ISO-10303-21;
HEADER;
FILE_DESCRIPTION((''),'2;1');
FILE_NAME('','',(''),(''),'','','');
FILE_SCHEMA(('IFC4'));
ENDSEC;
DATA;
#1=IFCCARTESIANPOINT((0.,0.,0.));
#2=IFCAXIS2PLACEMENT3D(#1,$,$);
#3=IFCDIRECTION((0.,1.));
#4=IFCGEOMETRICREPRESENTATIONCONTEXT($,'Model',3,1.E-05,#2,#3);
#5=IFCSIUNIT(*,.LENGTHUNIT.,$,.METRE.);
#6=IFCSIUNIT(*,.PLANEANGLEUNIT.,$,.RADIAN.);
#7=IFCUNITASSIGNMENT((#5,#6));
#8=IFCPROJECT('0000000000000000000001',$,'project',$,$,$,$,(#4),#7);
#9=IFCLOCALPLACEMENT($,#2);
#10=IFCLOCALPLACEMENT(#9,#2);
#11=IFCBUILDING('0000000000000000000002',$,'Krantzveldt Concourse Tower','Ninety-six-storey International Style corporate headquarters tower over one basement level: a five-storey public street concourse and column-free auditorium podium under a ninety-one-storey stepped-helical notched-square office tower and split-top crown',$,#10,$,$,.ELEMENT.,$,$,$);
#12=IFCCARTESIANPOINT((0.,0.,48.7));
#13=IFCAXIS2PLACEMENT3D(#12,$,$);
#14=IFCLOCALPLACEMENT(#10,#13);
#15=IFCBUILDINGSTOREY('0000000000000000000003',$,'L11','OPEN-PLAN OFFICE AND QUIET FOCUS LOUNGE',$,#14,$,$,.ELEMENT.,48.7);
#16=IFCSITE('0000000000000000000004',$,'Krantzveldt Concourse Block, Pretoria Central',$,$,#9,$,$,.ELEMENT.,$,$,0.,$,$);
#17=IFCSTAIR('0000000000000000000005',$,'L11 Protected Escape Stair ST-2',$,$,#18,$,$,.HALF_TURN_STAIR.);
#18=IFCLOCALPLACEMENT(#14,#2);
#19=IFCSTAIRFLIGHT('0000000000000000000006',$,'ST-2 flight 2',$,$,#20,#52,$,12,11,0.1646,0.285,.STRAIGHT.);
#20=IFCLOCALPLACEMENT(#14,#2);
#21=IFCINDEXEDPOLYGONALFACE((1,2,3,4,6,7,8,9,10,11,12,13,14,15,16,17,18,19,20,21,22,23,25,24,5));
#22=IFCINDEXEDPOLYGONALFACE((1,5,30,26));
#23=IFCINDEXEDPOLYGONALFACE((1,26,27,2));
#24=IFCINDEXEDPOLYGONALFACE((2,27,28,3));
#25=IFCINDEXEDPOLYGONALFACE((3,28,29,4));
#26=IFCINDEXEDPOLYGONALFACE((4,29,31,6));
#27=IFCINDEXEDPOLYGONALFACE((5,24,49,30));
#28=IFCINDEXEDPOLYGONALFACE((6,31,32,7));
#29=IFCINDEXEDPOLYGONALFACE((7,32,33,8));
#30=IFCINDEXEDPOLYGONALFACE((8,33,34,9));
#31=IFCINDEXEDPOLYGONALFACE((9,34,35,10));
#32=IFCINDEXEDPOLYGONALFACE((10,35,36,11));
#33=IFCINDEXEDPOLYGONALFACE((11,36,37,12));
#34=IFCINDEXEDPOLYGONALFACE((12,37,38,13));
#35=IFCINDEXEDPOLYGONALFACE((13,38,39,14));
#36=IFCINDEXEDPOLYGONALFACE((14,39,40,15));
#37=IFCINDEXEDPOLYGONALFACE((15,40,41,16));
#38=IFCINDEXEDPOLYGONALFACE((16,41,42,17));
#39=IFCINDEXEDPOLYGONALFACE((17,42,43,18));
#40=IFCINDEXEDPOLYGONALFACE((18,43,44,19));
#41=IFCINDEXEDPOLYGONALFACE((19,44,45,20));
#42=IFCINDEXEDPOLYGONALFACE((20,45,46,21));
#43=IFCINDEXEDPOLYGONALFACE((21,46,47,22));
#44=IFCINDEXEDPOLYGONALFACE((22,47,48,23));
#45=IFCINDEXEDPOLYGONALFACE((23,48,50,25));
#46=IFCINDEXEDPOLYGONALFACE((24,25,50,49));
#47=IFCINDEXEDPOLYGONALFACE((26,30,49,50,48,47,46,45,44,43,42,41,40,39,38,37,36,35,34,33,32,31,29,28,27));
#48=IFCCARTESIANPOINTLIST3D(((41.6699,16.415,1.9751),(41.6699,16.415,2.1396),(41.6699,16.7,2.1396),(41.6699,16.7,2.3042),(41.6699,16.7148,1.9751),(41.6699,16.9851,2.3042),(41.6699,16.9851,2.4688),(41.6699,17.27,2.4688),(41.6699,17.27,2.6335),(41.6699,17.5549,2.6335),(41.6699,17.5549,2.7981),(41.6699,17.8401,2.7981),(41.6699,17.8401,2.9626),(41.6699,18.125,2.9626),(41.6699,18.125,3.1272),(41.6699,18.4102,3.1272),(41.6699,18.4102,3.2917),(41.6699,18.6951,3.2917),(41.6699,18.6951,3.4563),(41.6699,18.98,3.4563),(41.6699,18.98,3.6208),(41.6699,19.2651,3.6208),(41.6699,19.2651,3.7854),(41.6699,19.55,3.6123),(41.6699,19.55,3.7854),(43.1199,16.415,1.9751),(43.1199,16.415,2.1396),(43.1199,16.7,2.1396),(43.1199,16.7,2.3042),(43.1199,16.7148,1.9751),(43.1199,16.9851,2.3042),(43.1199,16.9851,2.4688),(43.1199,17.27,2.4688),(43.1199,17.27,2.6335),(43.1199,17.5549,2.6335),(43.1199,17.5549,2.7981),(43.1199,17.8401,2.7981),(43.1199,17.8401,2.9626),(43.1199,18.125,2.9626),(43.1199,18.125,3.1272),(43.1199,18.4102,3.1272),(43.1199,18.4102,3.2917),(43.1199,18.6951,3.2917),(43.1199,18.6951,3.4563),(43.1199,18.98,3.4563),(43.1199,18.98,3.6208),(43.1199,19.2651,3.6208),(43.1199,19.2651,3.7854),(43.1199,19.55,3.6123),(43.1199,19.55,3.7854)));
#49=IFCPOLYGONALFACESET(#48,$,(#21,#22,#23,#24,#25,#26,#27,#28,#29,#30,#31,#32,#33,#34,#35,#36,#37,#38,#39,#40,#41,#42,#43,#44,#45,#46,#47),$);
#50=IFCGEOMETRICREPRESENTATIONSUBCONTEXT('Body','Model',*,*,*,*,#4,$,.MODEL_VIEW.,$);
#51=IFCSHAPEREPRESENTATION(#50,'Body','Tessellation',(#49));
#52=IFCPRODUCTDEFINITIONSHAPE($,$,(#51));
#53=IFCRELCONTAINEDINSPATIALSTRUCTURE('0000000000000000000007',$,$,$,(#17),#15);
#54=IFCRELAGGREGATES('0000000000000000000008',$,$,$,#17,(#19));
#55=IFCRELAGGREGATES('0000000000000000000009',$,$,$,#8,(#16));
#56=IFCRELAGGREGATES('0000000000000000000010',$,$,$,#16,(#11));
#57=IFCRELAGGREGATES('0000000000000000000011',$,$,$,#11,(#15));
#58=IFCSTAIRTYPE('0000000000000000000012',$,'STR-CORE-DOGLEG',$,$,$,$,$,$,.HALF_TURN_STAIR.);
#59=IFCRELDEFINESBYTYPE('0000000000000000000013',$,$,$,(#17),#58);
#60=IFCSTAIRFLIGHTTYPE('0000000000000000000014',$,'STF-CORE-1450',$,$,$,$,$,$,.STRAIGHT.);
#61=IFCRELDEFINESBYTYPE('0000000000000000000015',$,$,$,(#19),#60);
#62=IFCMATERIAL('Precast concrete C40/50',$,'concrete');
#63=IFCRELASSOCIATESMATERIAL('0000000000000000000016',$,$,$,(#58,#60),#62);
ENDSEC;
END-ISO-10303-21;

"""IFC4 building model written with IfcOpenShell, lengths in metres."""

from ifc_helpers import new_model, si_unit, direction, frame, origin, place, context, subcontext, project, spatial, polyline, outline, extrude, material, type_object, element, aggregate, save


model = new_model("IFC4")

# Units and contexts
model_context = context("Model", 3, precision=1e-05, world=origin(), true_north=direction((0.0, 1.0)))
body_context = subcontext(model_context, "Body", "Model", "MODEL_VIEW")
ifc_project = project(units=[si_unit("LENGTHUNIT", "METRE"), si_unit("PLANEANGLEUNIT", "RADIAN")], contexts=[model_context])

# Site, building, storey
site_placement = place(None, origin())
site = spatial("IfcSite", under=ifc_project, at=site_placement, Name="Krantzveldt Concourse Block, Pretoria Central", CompositionType="ELEMENT", RefElevation=0.0)
building_placement = place(site_placement, origin())
building = spatial("IfcBuilding", under=site, at=building_placement, Name="Krantzveldt Concourse Tower", Description="Ninety-six-storey International Style corporate headquarters tower over one basement level: a five-storey public street concourse and column-free auditorium podium under a ninety-one-storey stepped-helical notched-square office tower and split-top crown", CompositionType="ELEMENT")
storey_placement = place(building_placement, frame((0.0, 0.0, 48.7)))
storey = spatial("IfcBuildingStorey", under=building, at=storey_placement, Name="L11", Description="OPEN-PLAN OFFICE AND QUIET FOCUS LOUNGE", CompositionType="ELEMENT", Elevation=48.7)

# Stair, stair flight
ifc_material_1 = material(Name="Precast concrete C40/50", Category="concrete")
stair_type = type_object("IfcStairType", Name="STR-CORE-DOGLEG", PredefinedType="HALF_TURN_STAIR", material=ifc_material_1)
stair_placement = place(storey_placement, origin())
stair = element("IfcStair", 1, at=stair_placement, inside=storey, type_object=stair_type, Name="L11 Protected Escape Stair ST-2", PredefinedType="HALF_TURN_STAIR")
stair_flight_type = type_object("IfcStairFlightType", Name="STF-CORE-1450", PredefinedType="STRAIGHT", material=ifc_material_1)
stair_flight_1_placement = place(storey_placement, frame((42.395, 16.415, 1.9751), z_axis=(0.0, 0.0, 1.0), x_axis=(0.0, 1.0, 0.0)))
stair_flight_1 = element("IfcStairFlight", 2, at=stair_flight_1_placement, type_object=stair_flight_type, Name="ST-2 flight 2", NumberOfRisers=12, NumberOfTreads=11, PredefinedType="STRAIGHT", RiserHeight=0.1646, TreadLength=0.285, context=body_context, shape_type="SweptSolid", body=[
    extrude(outline(polyline([(0.0, 0.0), (0.0, 0.1646), (0.2849, 0.1646), (0.2849, 0.3291), (0.5701, 0.3291), (0.5701, 0.4937), (0.855, 0.4937), (0.855, 0.6584), (1.1399, 0.6584), (1.1399, 0.823), (1.425, 0.823), (1.425, 0.9875), (1.71, 0.9875), (1.71, 1.1521), (1.9951, 1.1521), (1.9951, 1.3167), (2.28, 1.3167), (2.28, 1.4812), (2.5649, 1.4812), (2.5649, 1.6458), (2.8501, 1.6458), (2.8501, 1.8103), (3.135, 1.8103), (3.135, 1.9751), (3.135, 1.6372), (0.2998, 0.0), (0.0, 0.0)])), frame((0.0, 0.7251, 0.0), z_axis=(0.0, -1.0, 0.0), x_axis=(1.0, 0.0, 0.0)), (0.0, 0.0, 1.0), 1.45),
])
aggregate(stair, [stair_flight_1])

save(model, "model.ifc")
